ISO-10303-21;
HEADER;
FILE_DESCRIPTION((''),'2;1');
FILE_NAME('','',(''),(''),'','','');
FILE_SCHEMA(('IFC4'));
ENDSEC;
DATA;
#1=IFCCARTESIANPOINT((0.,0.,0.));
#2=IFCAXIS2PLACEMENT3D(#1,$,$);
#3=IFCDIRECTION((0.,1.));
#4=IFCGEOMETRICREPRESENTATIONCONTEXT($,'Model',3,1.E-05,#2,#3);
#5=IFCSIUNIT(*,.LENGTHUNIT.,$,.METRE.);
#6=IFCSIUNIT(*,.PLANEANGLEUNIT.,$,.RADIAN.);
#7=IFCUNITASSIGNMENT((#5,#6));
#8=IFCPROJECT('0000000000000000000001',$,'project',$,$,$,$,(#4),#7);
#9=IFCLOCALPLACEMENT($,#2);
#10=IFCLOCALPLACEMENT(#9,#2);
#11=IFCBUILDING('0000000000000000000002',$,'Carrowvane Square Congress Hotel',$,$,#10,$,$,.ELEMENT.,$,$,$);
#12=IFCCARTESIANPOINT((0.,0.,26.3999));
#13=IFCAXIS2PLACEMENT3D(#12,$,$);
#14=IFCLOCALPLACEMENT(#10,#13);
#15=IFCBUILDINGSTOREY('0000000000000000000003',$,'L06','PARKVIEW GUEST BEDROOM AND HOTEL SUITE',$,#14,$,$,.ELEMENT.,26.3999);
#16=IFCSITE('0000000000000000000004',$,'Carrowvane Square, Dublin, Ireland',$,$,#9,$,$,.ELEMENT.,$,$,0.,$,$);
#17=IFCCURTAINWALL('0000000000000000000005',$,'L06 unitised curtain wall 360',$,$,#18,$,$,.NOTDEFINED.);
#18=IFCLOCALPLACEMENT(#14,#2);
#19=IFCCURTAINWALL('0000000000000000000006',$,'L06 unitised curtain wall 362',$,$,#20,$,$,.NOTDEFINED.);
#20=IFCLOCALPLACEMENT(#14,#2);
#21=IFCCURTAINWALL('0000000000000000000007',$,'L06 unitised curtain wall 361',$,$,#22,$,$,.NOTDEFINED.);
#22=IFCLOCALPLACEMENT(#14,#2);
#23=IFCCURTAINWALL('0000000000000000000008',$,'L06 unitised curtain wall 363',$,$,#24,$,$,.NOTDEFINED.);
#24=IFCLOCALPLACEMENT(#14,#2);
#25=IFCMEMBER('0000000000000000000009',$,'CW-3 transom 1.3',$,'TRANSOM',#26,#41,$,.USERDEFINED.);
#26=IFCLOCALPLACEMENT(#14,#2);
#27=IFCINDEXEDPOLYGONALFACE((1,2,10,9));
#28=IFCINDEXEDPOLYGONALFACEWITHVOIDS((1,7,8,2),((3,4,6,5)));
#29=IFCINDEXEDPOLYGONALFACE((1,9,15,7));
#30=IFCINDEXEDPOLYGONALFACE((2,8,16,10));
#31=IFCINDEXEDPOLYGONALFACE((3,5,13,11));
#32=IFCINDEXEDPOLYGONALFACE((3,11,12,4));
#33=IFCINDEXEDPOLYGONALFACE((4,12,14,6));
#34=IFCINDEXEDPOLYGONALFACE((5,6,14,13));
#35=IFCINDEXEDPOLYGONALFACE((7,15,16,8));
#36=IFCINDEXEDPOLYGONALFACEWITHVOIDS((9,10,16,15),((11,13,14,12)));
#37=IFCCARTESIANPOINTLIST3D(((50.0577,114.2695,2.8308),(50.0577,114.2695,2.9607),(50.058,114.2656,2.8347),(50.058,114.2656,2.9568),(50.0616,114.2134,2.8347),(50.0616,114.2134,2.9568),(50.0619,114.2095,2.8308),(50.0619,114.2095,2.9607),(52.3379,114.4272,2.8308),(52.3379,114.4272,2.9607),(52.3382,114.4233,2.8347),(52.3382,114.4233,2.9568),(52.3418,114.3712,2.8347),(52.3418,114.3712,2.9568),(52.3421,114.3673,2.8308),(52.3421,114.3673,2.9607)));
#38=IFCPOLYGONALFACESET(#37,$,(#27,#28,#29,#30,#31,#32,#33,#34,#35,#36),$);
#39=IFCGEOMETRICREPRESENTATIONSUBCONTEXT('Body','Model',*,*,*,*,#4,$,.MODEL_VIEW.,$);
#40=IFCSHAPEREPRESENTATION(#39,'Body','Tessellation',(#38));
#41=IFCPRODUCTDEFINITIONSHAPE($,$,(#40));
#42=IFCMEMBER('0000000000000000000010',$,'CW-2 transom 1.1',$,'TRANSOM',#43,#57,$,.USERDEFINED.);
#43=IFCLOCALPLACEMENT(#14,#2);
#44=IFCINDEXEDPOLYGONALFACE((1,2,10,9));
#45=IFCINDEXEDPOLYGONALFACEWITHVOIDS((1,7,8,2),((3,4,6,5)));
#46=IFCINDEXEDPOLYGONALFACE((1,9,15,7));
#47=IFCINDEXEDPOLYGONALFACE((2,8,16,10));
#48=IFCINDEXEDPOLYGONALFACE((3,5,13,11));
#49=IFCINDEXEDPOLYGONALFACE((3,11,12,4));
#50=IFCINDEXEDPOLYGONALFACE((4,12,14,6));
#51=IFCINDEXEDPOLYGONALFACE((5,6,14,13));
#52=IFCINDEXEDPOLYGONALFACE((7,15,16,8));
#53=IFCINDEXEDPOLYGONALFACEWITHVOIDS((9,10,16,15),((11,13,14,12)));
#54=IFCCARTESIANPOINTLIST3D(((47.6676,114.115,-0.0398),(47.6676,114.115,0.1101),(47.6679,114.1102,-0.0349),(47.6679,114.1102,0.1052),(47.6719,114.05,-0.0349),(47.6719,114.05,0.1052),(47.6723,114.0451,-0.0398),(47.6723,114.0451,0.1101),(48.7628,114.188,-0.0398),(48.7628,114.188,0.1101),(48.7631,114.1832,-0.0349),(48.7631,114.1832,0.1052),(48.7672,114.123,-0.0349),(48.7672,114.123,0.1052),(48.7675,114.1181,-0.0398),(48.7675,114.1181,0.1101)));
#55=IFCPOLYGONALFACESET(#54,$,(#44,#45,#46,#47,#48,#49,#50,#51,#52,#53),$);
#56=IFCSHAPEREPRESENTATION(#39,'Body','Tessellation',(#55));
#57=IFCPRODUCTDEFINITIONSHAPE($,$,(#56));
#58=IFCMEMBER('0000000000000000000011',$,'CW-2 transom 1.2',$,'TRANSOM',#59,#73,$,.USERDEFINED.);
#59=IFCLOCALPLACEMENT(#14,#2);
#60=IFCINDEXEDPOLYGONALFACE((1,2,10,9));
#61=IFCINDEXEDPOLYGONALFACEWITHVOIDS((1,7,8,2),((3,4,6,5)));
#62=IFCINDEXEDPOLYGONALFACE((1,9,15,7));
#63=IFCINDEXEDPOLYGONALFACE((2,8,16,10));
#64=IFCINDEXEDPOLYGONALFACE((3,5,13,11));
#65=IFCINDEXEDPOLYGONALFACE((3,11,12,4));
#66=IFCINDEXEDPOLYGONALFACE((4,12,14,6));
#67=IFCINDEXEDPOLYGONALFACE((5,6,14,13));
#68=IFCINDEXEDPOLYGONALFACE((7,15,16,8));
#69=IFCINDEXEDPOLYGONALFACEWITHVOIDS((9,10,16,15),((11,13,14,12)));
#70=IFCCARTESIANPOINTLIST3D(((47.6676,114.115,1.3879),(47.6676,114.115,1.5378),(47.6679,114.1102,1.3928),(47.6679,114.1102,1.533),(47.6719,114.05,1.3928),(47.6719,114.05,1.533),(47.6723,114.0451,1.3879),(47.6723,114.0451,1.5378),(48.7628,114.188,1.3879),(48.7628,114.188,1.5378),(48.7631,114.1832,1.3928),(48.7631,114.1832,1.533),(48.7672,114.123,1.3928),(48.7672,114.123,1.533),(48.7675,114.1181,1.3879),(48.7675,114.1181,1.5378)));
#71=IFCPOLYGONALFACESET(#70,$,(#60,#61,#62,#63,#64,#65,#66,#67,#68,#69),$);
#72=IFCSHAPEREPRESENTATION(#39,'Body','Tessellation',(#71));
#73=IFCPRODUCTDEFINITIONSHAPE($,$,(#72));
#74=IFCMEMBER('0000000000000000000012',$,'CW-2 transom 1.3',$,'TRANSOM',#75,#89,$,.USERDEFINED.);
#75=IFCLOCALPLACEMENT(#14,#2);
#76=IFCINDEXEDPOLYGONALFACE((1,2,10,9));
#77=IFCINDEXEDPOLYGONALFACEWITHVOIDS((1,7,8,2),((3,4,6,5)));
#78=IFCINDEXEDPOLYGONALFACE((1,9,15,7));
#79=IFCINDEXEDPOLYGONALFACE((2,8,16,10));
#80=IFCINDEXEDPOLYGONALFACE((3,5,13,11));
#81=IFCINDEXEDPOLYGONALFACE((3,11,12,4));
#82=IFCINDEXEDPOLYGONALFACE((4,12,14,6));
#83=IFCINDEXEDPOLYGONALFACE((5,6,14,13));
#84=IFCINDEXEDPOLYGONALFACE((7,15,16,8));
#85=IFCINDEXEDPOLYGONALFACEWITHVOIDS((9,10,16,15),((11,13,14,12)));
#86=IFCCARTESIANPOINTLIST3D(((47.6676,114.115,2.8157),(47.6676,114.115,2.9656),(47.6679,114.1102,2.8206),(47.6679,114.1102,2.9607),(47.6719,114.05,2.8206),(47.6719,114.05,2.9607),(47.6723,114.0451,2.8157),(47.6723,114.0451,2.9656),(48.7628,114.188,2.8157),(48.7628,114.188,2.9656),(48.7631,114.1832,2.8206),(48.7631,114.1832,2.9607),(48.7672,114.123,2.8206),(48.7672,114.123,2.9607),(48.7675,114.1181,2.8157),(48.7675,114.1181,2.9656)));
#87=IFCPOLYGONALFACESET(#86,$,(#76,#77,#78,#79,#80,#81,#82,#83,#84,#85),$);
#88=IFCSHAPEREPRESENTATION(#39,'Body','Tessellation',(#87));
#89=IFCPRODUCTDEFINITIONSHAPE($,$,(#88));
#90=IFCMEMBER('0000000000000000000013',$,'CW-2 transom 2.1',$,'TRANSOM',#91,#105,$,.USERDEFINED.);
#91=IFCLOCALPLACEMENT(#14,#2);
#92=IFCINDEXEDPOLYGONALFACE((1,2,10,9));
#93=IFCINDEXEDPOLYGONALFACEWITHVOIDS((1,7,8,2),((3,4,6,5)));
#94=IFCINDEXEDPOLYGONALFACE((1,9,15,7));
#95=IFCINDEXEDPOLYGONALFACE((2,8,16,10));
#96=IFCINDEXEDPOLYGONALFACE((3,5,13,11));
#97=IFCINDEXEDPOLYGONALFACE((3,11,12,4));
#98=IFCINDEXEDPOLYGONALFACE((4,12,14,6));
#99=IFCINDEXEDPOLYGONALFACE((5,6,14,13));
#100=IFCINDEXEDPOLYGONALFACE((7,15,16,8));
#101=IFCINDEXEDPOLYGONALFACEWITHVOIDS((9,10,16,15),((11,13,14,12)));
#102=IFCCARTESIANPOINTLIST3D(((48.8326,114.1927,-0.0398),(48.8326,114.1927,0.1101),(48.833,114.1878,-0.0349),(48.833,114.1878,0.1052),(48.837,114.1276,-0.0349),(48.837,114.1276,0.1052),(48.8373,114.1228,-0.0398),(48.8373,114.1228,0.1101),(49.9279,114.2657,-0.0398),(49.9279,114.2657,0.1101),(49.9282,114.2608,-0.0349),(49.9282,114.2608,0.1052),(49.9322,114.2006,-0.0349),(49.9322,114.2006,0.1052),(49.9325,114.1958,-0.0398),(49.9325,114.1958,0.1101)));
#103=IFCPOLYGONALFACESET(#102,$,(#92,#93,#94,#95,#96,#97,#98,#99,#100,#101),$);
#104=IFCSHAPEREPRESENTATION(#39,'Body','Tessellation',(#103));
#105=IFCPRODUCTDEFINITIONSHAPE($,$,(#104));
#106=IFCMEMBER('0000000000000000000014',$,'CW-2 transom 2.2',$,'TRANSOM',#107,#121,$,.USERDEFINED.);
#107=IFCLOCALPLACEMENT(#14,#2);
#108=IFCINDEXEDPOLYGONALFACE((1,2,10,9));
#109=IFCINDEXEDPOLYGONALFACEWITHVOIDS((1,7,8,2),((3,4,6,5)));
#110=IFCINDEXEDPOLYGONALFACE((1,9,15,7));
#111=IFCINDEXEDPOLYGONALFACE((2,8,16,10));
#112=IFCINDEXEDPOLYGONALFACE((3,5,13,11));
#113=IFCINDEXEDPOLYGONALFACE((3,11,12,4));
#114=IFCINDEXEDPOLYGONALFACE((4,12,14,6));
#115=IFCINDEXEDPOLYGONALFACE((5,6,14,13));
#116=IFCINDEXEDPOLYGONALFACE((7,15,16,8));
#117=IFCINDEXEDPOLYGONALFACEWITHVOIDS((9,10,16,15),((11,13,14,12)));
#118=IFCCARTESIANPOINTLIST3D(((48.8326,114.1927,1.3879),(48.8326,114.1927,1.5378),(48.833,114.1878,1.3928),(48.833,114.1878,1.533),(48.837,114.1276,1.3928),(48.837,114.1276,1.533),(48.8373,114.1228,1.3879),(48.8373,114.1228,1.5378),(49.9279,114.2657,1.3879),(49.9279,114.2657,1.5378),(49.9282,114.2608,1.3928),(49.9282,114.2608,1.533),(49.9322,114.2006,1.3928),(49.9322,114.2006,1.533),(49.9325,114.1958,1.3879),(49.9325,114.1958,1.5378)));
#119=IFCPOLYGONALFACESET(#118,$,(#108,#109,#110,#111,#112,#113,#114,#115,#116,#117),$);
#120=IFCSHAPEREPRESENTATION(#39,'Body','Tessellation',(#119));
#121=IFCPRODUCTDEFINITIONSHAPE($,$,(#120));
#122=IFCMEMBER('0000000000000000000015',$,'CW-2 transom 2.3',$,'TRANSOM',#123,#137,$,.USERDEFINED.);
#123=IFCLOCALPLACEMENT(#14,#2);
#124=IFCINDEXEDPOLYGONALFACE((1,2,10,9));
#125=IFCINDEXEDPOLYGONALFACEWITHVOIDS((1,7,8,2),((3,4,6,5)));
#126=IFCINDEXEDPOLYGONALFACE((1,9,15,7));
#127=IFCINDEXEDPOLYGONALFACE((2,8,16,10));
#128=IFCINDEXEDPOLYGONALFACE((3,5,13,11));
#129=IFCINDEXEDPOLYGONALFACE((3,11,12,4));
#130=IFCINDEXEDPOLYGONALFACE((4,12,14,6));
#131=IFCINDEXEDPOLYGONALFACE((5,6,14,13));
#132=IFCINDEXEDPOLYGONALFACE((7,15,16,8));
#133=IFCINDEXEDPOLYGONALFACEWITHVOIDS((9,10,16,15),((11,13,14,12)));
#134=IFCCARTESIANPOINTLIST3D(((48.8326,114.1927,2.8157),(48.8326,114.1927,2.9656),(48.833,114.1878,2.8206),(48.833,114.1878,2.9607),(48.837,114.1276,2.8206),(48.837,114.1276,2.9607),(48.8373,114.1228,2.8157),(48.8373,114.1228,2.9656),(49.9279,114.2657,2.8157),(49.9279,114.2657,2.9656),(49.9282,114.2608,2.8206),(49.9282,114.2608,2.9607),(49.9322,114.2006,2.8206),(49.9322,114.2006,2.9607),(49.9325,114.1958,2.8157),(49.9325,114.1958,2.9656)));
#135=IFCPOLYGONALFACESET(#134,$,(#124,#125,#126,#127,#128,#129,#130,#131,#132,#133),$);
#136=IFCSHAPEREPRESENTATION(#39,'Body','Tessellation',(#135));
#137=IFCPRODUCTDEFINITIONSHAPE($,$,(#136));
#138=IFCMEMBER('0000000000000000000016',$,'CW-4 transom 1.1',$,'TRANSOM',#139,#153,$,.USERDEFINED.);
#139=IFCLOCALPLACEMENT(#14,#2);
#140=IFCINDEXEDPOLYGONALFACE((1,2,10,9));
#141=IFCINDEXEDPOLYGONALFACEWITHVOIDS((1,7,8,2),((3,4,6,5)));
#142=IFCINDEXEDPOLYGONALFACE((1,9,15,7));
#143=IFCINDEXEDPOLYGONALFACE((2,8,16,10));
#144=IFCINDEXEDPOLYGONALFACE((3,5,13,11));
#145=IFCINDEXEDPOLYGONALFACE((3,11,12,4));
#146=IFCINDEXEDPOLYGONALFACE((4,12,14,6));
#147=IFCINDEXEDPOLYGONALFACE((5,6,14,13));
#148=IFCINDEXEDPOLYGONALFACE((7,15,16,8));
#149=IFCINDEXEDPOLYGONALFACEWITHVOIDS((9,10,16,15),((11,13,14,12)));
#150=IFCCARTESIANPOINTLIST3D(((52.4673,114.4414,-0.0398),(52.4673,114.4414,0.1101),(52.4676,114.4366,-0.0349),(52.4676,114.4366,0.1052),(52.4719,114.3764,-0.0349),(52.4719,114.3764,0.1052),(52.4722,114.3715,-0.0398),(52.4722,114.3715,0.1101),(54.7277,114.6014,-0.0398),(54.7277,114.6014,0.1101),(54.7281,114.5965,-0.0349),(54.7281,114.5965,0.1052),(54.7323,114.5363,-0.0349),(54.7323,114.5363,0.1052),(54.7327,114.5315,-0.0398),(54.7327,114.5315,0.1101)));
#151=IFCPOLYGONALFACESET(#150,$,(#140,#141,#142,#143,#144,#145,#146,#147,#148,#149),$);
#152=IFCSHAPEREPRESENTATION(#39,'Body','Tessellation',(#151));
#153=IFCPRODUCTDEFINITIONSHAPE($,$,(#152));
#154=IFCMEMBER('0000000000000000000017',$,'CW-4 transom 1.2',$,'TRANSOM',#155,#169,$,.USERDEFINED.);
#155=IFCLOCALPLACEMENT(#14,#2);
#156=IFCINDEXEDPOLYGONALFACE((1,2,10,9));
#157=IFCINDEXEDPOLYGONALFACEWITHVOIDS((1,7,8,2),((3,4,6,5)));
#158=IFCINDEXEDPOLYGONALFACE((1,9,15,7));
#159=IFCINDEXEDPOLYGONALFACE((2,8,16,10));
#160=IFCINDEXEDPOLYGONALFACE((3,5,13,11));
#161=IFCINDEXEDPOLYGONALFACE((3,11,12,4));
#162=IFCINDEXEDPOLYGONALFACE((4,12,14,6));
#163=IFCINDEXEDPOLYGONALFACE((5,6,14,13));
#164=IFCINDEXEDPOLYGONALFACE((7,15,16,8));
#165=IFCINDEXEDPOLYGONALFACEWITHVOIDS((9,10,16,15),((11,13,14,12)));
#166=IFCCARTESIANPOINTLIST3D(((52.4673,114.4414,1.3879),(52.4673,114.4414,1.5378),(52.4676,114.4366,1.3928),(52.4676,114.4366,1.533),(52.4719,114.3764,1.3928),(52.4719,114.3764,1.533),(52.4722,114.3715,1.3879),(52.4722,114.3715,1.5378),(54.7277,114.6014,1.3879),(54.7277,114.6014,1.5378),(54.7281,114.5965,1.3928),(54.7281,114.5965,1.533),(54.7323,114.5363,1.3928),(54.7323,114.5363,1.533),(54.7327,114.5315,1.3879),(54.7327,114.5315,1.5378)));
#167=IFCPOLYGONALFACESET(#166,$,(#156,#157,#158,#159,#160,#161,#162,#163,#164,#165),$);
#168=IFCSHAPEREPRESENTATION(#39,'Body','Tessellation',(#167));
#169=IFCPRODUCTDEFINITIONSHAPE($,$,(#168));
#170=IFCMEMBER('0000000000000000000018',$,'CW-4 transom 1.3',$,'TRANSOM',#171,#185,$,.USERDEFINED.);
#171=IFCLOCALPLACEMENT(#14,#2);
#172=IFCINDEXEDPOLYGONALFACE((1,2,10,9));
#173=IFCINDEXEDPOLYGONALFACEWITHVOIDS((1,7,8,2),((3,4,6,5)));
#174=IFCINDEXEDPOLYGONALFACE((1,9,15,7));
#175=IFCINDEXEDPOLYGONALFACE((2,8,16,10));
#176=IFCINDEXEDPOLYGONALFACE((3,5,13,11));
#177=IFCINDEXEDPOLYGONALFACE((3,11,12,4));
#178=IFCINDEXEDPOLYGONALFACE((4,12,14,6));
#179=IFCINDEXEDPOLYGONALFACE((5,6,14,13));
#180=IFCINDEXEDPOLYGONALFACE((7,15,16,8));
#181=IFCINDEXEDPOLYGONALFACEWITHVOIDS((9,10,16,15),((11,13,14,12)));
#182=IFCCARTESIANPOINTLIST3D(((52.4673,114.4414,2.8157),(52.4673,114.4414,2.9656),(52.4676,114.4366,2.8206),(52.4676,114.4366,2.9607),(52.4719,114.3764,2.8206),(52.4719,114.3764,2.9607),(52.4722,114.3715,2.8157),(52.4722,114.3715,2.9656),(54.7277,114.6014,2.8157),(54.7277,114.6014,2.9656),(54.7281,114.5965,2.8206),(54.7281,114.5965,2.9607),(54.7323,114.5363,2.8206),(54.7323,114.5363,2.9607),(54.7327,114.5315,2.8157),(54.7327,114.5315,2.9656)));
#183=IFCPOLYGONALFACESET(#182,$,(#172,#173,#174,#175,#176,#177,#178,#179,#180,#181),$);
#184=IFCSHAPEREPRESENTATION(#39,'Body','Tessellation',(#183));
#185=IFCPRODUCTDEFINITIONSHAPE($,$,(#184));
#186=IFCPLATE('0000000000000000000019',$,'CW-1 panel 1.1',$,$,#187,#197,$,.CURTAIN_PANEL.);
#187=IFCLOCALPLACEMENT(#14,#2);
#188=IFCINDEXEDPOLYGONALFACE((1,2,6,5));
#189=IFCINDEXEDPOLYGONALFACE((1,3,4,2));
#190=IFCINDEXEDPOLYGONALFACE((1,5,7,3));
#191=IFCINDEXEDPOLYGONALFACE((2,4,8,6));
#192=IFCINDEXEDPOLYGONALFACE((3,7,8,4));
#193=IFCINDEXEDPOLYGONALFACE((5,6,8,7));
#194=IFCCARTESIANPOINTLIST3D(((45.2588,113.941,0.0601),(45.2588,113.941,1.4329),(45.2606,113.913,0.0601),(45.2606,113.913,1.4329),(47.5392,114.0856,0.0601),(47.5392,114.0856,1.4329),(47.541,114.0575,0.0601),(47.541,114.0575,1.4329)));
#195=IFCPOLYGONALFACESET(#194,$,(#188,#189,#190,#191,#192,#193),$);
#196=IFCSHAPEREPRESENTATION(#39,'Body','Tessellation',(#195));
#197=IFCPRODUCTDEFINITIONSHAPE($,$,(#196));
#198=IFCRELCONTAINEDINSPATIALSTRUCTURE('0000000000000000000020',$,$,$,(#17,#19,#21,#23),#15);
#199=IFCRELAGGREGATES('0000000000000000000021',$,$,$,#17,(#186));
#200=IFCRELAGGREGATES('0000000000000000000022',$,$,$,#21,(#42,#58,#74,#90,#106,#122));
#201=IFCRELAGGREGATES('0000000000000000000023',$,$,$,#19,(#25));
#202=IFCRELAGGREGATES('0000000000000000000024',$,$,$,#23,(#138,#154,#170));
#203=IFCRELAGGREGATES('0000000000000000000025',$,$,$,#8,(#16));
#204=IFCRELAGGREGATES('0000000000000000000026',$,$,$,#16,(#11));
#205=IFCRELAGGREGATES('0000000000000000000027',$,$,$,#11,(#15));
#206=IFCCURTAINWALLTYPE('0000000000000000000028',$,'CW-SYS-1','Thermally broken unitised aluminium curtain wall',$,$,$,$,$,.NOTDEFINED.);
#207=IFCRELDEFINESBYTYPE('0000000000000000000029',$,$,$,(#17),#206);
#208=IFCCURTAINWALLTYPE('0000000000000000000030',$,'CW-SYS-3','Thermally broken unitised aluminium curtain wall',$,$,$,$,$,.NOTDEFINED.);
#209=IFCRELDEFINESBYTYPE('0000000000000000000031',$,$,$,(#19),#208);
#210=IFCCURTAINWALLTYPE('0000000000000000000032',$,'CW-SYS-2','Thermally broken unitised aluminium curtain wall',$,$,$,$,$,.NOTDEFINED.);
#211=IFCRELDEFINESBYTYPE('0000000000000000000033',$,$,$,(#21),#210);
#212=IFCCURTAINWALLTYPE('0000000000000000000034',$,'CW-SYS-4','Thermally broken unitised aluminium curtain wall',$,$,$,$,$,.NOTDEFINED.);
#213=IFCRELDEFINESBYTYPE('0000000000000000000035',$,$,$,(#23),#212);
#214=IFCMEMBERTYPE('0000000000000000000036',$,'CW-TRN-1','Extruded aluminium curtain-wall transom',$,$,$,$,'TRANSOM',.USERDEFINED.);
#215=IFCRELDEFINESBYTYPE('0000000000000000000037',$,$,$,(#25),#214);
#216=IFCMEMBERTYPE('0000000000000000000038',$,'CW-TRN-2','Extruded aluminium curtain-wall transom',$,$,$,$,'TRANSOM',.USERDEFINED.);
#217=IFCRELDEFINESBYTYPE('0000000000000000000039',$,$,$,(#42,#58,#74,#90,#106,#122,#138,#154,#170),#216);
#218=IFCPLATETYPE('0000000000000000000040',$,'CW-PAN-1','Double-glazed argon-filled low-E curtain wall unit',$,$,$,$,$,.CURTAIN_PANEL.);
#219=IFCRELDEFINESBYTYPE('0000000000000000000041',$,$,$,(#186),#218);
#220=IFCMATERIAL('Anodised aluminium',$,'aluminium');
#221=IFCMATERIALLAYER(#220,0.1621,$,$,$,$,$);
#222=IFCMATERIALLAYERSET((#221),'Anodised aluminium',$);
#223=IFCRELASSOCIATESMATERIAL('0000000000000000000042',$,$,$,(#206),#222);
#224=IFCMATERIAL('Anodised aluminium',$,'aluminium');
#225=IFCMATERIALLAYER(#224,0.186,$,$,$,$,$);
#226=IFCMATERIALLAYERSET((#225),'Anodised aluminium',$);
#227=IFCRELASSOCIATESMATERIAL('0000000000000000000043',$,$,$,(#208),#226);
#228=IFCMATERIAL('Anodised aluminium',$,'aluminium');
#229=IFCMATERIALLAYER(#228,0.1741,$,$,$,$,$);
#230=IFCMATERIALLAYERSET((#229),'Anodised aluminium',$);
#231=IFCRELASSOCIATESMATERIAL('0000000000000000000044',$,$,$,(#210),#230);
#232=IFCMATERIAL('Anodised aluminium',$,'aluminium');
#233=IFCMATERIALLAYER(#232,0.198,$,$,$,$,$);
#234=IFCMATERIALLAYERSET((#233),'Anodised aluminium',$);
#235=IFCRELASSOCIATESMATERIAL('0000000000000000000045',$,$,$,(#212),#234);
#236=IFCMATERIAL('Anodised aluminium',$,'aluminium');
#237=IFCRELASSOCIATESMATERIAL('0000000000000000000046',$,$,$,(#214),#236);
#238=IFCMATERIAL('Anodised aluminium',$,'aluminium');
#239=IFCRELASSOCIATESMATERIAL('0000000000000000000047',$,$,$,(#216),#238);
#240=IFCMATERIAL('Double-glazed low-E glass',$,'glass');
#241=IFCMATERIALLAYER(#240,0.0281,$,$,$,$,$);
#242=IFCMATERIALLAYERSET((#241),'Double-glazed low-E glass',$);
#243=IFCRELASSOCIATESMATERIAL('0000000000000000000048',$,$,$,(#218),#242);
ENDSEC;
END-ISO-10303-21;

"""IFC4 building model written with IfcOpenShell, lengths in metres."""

from ifc_helpers import new_model, si_unit, direction, frame, origin, origin_2d, place, context, subcontext, project, spatial, rectangle, hollow_rectangle, extrude, material, layer, layer_set, material_profile, profile_set, type_object, element, aggregate, save


model = new_model("IFC4")

# Units and contexts
model_context = context("Model", 3, precision=1e-05, world=origin(), true_north=direction((0.0, 1.0)))
body_context = subcontext(model_context, "Body", "Model", "MODEL_VIEW")
ifc_project = project(units=[si_unit("LENGTHUNIT", "METRE"), si_unit("PLANEANGLEUNIT", "RADIAN")], contexts=[model_context])

# Site, building, storey
site_placement = place(None, origin())
site = spatial("IfcSite", under=ifc_project, at=site_placement, Name="Carrowvane Square, Dublin, Ireland", CompositionType="ELEMENT", RefElevation=0.0)
building_placement = place(site_placement, origin())
building = spatial("IfcBuilding", under=site, at=building_placement, Name="Carrowvane Square Congress Hotel", CompositionType="ELEMENT")
storey_placement = place(building_placement, frame((0.0, 0.0, 26.3999)))
storey = spatial("IfcBuildingStorey", under=building, at=storey_placement, Name="L06", Description="PARKVIEW GUEST BEDROOM AND HOTEL SUITE", CompositionType="ELEMENT", Elevation=26.3999)

# Curtain wall
ifc_material_1 = material(Name="Anodised aluminium", Category="aluminium")
ifc_layer_1 = layer(ifc_material_1, 0.1621)
ifc_layer_set_1 = layer_set([ifc_layer_1], Name="Anodised aluminium")
curtain_wall_type_1 = type_object("IfcCurtainWallType", Name="CW-SYS-1", Description="Thermally broken unitised aluminium curtain wall", PredefinedType="NOTDEFINED", material=ifc_layer_set_1)
curtain_wall_1_placement = place(storey_placement, origin())
curtain_wall_1 = element("IfcCurtainWall", 1, at=curtain_wall_1_placement, inside=storey, type_object=curtain_wall_type_1, Name="L06 unitised curtain wall 360", PredefinedType="NOTDEFINED")

# Curtain walls
ifc_material_2 = material(Name="Anodised aluminium", Category="aluminium")
ifc_layer_2 = layer(ifc_material_2, 0.186)
ifc_layer_set_2 = layer_set([ifc_layer_2], Name="Anodised aluminium")
curtain_wall_type_2 = type_object("IfcCurtainWallType", Name="CW-SYS-3", Description="Thermally broken unitised aluminium curtain wall", PredefinedType="NOTDEFINED", material=ifc_layer_set_2)
curtain_wall_2_placement = place(storey_placement, origin())
curtain_wall_2 = element("IfcCurtainWall", 2, at=curtain_wall_2_placement, inside=storey, type_object=curtain_wall_type_2, Name="L06 unitised curtain wall 362", PredefinedType="NOTDEFINED")
ifc_material_3 = material(Name="Anodised aluminium", Category="aluminium")
ifc_layer_3 = layer(ifc_material_3, 0.1741)
ifc_layer_set_3 = layer_set([ifc_layer_3], Name="Anodised aluminium")
curtain_wall_type_3 = type_object("IfcCurtainWallType", Name="CW-SYS-2", Description="Thermally broken unitised aluminium curtain wall", PredefinedType="NOTDEFINED", material=ifc_layer_set_3)
curtain_wall_3_placement = place(storey_placement, origin())
curtain_wall_3 = element("IfcCurtainWall", 3, at=curtain_wall_3_placement, inside=storey, type_object=curtain_wall_type_3, Name="L06 unitised curtain wall 361", PredefinedType="NOTDEFINED")
ifc_material_4 = material(Name="Anodised aluminium", Category="aluminium")
ifc_layer_4 = layer(ifc_material_4, 0.198)
ifc_layer_set_4 = layer_set([ifc_layer_4], Name="Anodised aluminium")
curtain_wall_type_4 = type_object("IfcCurtainWallType", Name="CW-SYS-4", Description="Thermally broken unitised aluminium curtain wall", PredefinedType="NOTDEFINED", material=ifc_layer_set_4)
curtain_wall_4_placement = place(storey_placement, origin())
curtain_wall_4 = element("IfcCurtainWall", 4, at=curtain_wall_4_placement, inside=storey, type_object=curtain_wall_type_4, Name="L06 unitised curtain wall 363", PredefinedType="NOTDEFINED")

# Members
ifc_material_5 = material(Name="Anodised aluminium", Category="aluminium")
ifc_material_profile_1 = material_profile(ifc_material_5, hollow_rectangle(XDim=0.0601, YDim=0.1299, WallThickness=0.0039, at=origin_2d()), Name="CW-TR 60x130x4")
ifc_profile_set_1 = profile_set([ifc_material_profile_1], Name="Anodised aluminium")
member_type_1 = type_object("IfcMemberType", Name="CW-TRN-1", Description="Extruded aluminium curtain-wall transom", ElementType="TRANSOM", PredefinedType="USERDEFINED", material=ifc_profile_set_1)
member_1_placement = place(storey_placement, frame((50.0598, 114.2395, 2.8958), z_axis=(0.997617, 0.069, 0.0), x_axis=(-0.069, 0.997617, 0.0)))
member_1 = element("IfcMember", 5, at=member_1_placement, type_object=member_type_1, Name="CW-3 transom 1.3", ObjectType="TRANSOM", PredefinedType="USERDEFINED", context=body_context, shape_type="SweptSolid", body=[
    extrude(hollow_rectangle(XDim=0.0601, YDim=0.1299, WallThickness=0.0039, at=origin_2d()), origin(), (0.0, 0.0, 1.0), 2.2856),
])
ifc_material_6 = material(Name="Anodised aluminium", Category="aluminium")
ifc_material_profile_2 = material_profile(ifc_material_6, hollow_rectangle(XDim=0.0701, YDim=0.1499, WallThickness=0.0049, at=origin_2d()), Name="CW-TR 70x150x5")
ifc_profile_set_2 = profile_set([ifc_material_profile_2], Name="Anodised aluminium")
member_type_2 = type_object("IfcMemberType", Name="CW-TRN-2", Description="Extruded aluminium curtain-wall transom", ElementType="TRANSOM", PredefinedType="USERDEFINED", material=ifc_profile_set_2)
member_2_placement = place(storey_placement, frame((47.6699, 114.0801, 0.0352), z_axis=(0.997786, 0.066504, 0.0), x_axis=(-0.066504, 0.997786, 0.0)))
member_2 = element("IfcMember", 6, at=member_2_placement, type_object=member_type_2, Name="CW-2 transom 1.1", ObjectType="TRANSOM", PredefinedType="USERDEFINED", context=body_context, shape_type="SweptSolid", body=[
    extrude(hollow_rectangle(XDim=0.0701, YDim=0.1499, WallThickness=0.0049, at=origin_2d()), origin(), (0.0, 0.0, 1.0), 1.0977),
])
member_3_placement = place(storey_placement, frame((47.6699, 114.0801, 1.4629), z_axis=(0.997786, 0.066504, 0.0), x_axis=(-0.066504, 0.997786, 0.0)))
member_3 = element("IfcMember", 7, at=member_3_placement, type_object=member_type_2, Name="CW-2 transom 1.2", ObjectType="TRANSOM", PredefinedType="USERDEFINED", context=body_context, shape_type="SweptSolid", body=[
    extrude(hollow_rectangle(XDim=0.0701, YDim=0.1499, WallThickness=0.0049, at=origin_2d()), origin(), (0.0, 0.0, 1.0), 1.0977),
])
member_4_placement = place(storey_placement, frame((47.6699, 114.0801, 2.8906), z_axis=(0.997786, 0.066504, 0.0), x_axis=(-0.066504, 0.997786, 0.0)))
member_4 = element("IfcMember", 8, at=member_4_placement, type_object=member_type_2, Name="CW-2 transom 1.3", ObjectType="TRANSOM", PredefinedType="USERDEFINED", context=body_context, shape_type="SweptSolid", body=[
    extrude(hollow_rectangle(XDim=0.0701, YDim=0.1499, WallThickness=0.0049, at=origin_2d()), origin(), (0.0, 0.0, 1.0), 1.0977),
])
member_5_placement = place(storey_placement, frame((48.835, 114.1577, 0.0352), z_axis=(0.997786, 0.066504, 0.0), x_axis=(-0.066504, 0.997786, 0.0)))
member_5 = element("IfcMember", 9, at=member_5_placement, type_object=member_type_2, Name="CW-2 transom 2.1", ObjectType="TRANSOM", PredefinedType="USERDEFINED", context=body_context, shape_type="SweptSolid", body=[
    extrude(hollow_rectangle(XDim=0.0701, YDim=0.1499, WallThickness=0.0049, at=origin_2d()), origin(), (0.0, 0.0, 1.0), 1.0977),
])
member_6_placement = place(storey_placement, frame((48.835, 114.1577, 1.4629), z_axis=(0.997786, 0.066504, 0.0), x_axis=(-0.066504, 0.997786, 0.0)))
member_6 = element("IfcMember", 10, at=member_6_placement, type_object=member_type_2, Name="CW-2 transom 2.2", ObjectType="TRANSOM", PredefinedType="USERDEFINED", context=body_context, shape_type="SweptSolid", body=[
    extrude(hollow_rectangle(XDim=0.0701, YDim=0.1499, WallThickness=0.0049, at=origin_2d()), origin(), (0.0, 0.0, 1.0), 1.0977),
])
member_7_placement = place(storey_placement, frame((48.835, 114.1577, 2.8906), z_axis=(0.997786, 0.066504, 0.0), x_axis=(-0.066504, 0.997786, 0.0)))
member_7 = element("IfcMember", 11, at=member_7_placement, type_object=member_type_2, Name="CW-2 transom 2.3", ObjectType="TRANSOM", PredefinedType="USERDEFINED", context=body_context, shape_type="SweptSolid", body=[
    extrude(hollow_rectangle(XDim=0.0701, YDim=0.1499, WallThickness=0.0049, at=origin_2d()), origin(), (0.0, 0.0, 1.0), 1.0977),
])
member_8_placement = place(storey_placement, frame((52.4697, 114.4065, 0.0352), z_axis=(0.997507, 0.070566, 0.0), x_axis=(-0.070566, 0.997507, 0.0)))
member_8 = element("IfcMember", 12, at=member_8_placement, type_object=member_type_2, Name="CW-4 transom 1.1", ObjectType="TRANSOM", PredefinedType="USERDEFINED", context=body_context, shape_type="SweptSolid", body=[
    extrude(hollow_rectangle(XDim=0.0701, YDim=0.1499, WallThickness=0.0049, at=origin_2d()), origin(), (0.0, 0.0, 1.0), 2.2661),
])
member_9_placement = place(storey_placement, frame((52.4697, 114.4065, 1.4629), z_axis=(0.997507, 0.070566, 0.0), x_axis=(-0.070566, 0.997507, 0.0)))
member_9 = element("IfcMember", 13, at=member_9_placement, type_object=member_type_2, Name="CW-4 transom 1.2", ObjectType="TRANSOM", PredefinedType="USERDEFINED", context=body_context, shape_type="SweptSolid", body=[
    extrude(hollow_rectangle(XDim=0.0701, YDim=0.1499, WallThickness=0.0049, at=origin_2d()), origin(), (0.0, 0.0, 1.0), 2.2661),
])
member_10_placement = place(storey_placement, frame((52.4697, 114.4065, 2.8906), z_axis=(0.997507, 0.070566, 0.0), x_axis=(-0.070566, 0.997507, 0.0)))
member_10 = element("IfcMember", 14, at=member_10_placement, type_object=member_type_2, Name="CW-4 transom 1.3", ObjectType="TRANSOM", PredefinedType="USERDEFINED", context=body_context, shape_type="SweptSolid", body=[
    extrude(hollow_rectangle(XDim=0.0701, YDim=0.1499, WallThickness=0.0049, at=origin_2d()), origin(), (0.0, 0.0, 1.0), 2.2661),
])

# Plate
ifc_material_7 = material(Name="Double-glazed low-E glass", Category="glass")
ifc_layer_5 = layer(ifc_material_7, 0.0281)
ifc_layer_set_5 = layer_set([ifc_layer_5], Name="Double-glazed low-E glass")
plate_type_1 = type_object("IfcPlateType", Name="CW-PAN-1", Description="Double-glazed argon-filled low-E curtain wall unit", PredefinedType="CURTAIN_PANEL", material=ifc_layer_set_5)
plate_1_placement = place(storey_placement, frame((46.3999, 113.9993, 0.0601), z_axis=(0.0, 0.0, 1.0), x_axis=(0.997996, 0.063273, 0.0)))
plate_1 = element("IfcPlate", 15, at=plate_1_placement, type_object=plate_type_1, Name="CW-1 panel 1.1", PredefinedType="CURTAIN_PANEL", context=body_context, shape_type="SweptSolid", body=[
    extrude(rectangle(XDim=2.2849, YDim=0.0281, at=origin_2d()), origin(), (0.0, 0.0, 1.0), 1.3728),
])
aggregate(curtain_wall_1, [plate_1])
aggregate(curtain_wall_3, [member_2, member_3, member_4, member_5, member_6, member_7])
aggregate(curtain_wall_2, [member_1])
aggregate(curtain_wall_4, [member_8, member_9, member_10])

save(model, "model.ifc")
